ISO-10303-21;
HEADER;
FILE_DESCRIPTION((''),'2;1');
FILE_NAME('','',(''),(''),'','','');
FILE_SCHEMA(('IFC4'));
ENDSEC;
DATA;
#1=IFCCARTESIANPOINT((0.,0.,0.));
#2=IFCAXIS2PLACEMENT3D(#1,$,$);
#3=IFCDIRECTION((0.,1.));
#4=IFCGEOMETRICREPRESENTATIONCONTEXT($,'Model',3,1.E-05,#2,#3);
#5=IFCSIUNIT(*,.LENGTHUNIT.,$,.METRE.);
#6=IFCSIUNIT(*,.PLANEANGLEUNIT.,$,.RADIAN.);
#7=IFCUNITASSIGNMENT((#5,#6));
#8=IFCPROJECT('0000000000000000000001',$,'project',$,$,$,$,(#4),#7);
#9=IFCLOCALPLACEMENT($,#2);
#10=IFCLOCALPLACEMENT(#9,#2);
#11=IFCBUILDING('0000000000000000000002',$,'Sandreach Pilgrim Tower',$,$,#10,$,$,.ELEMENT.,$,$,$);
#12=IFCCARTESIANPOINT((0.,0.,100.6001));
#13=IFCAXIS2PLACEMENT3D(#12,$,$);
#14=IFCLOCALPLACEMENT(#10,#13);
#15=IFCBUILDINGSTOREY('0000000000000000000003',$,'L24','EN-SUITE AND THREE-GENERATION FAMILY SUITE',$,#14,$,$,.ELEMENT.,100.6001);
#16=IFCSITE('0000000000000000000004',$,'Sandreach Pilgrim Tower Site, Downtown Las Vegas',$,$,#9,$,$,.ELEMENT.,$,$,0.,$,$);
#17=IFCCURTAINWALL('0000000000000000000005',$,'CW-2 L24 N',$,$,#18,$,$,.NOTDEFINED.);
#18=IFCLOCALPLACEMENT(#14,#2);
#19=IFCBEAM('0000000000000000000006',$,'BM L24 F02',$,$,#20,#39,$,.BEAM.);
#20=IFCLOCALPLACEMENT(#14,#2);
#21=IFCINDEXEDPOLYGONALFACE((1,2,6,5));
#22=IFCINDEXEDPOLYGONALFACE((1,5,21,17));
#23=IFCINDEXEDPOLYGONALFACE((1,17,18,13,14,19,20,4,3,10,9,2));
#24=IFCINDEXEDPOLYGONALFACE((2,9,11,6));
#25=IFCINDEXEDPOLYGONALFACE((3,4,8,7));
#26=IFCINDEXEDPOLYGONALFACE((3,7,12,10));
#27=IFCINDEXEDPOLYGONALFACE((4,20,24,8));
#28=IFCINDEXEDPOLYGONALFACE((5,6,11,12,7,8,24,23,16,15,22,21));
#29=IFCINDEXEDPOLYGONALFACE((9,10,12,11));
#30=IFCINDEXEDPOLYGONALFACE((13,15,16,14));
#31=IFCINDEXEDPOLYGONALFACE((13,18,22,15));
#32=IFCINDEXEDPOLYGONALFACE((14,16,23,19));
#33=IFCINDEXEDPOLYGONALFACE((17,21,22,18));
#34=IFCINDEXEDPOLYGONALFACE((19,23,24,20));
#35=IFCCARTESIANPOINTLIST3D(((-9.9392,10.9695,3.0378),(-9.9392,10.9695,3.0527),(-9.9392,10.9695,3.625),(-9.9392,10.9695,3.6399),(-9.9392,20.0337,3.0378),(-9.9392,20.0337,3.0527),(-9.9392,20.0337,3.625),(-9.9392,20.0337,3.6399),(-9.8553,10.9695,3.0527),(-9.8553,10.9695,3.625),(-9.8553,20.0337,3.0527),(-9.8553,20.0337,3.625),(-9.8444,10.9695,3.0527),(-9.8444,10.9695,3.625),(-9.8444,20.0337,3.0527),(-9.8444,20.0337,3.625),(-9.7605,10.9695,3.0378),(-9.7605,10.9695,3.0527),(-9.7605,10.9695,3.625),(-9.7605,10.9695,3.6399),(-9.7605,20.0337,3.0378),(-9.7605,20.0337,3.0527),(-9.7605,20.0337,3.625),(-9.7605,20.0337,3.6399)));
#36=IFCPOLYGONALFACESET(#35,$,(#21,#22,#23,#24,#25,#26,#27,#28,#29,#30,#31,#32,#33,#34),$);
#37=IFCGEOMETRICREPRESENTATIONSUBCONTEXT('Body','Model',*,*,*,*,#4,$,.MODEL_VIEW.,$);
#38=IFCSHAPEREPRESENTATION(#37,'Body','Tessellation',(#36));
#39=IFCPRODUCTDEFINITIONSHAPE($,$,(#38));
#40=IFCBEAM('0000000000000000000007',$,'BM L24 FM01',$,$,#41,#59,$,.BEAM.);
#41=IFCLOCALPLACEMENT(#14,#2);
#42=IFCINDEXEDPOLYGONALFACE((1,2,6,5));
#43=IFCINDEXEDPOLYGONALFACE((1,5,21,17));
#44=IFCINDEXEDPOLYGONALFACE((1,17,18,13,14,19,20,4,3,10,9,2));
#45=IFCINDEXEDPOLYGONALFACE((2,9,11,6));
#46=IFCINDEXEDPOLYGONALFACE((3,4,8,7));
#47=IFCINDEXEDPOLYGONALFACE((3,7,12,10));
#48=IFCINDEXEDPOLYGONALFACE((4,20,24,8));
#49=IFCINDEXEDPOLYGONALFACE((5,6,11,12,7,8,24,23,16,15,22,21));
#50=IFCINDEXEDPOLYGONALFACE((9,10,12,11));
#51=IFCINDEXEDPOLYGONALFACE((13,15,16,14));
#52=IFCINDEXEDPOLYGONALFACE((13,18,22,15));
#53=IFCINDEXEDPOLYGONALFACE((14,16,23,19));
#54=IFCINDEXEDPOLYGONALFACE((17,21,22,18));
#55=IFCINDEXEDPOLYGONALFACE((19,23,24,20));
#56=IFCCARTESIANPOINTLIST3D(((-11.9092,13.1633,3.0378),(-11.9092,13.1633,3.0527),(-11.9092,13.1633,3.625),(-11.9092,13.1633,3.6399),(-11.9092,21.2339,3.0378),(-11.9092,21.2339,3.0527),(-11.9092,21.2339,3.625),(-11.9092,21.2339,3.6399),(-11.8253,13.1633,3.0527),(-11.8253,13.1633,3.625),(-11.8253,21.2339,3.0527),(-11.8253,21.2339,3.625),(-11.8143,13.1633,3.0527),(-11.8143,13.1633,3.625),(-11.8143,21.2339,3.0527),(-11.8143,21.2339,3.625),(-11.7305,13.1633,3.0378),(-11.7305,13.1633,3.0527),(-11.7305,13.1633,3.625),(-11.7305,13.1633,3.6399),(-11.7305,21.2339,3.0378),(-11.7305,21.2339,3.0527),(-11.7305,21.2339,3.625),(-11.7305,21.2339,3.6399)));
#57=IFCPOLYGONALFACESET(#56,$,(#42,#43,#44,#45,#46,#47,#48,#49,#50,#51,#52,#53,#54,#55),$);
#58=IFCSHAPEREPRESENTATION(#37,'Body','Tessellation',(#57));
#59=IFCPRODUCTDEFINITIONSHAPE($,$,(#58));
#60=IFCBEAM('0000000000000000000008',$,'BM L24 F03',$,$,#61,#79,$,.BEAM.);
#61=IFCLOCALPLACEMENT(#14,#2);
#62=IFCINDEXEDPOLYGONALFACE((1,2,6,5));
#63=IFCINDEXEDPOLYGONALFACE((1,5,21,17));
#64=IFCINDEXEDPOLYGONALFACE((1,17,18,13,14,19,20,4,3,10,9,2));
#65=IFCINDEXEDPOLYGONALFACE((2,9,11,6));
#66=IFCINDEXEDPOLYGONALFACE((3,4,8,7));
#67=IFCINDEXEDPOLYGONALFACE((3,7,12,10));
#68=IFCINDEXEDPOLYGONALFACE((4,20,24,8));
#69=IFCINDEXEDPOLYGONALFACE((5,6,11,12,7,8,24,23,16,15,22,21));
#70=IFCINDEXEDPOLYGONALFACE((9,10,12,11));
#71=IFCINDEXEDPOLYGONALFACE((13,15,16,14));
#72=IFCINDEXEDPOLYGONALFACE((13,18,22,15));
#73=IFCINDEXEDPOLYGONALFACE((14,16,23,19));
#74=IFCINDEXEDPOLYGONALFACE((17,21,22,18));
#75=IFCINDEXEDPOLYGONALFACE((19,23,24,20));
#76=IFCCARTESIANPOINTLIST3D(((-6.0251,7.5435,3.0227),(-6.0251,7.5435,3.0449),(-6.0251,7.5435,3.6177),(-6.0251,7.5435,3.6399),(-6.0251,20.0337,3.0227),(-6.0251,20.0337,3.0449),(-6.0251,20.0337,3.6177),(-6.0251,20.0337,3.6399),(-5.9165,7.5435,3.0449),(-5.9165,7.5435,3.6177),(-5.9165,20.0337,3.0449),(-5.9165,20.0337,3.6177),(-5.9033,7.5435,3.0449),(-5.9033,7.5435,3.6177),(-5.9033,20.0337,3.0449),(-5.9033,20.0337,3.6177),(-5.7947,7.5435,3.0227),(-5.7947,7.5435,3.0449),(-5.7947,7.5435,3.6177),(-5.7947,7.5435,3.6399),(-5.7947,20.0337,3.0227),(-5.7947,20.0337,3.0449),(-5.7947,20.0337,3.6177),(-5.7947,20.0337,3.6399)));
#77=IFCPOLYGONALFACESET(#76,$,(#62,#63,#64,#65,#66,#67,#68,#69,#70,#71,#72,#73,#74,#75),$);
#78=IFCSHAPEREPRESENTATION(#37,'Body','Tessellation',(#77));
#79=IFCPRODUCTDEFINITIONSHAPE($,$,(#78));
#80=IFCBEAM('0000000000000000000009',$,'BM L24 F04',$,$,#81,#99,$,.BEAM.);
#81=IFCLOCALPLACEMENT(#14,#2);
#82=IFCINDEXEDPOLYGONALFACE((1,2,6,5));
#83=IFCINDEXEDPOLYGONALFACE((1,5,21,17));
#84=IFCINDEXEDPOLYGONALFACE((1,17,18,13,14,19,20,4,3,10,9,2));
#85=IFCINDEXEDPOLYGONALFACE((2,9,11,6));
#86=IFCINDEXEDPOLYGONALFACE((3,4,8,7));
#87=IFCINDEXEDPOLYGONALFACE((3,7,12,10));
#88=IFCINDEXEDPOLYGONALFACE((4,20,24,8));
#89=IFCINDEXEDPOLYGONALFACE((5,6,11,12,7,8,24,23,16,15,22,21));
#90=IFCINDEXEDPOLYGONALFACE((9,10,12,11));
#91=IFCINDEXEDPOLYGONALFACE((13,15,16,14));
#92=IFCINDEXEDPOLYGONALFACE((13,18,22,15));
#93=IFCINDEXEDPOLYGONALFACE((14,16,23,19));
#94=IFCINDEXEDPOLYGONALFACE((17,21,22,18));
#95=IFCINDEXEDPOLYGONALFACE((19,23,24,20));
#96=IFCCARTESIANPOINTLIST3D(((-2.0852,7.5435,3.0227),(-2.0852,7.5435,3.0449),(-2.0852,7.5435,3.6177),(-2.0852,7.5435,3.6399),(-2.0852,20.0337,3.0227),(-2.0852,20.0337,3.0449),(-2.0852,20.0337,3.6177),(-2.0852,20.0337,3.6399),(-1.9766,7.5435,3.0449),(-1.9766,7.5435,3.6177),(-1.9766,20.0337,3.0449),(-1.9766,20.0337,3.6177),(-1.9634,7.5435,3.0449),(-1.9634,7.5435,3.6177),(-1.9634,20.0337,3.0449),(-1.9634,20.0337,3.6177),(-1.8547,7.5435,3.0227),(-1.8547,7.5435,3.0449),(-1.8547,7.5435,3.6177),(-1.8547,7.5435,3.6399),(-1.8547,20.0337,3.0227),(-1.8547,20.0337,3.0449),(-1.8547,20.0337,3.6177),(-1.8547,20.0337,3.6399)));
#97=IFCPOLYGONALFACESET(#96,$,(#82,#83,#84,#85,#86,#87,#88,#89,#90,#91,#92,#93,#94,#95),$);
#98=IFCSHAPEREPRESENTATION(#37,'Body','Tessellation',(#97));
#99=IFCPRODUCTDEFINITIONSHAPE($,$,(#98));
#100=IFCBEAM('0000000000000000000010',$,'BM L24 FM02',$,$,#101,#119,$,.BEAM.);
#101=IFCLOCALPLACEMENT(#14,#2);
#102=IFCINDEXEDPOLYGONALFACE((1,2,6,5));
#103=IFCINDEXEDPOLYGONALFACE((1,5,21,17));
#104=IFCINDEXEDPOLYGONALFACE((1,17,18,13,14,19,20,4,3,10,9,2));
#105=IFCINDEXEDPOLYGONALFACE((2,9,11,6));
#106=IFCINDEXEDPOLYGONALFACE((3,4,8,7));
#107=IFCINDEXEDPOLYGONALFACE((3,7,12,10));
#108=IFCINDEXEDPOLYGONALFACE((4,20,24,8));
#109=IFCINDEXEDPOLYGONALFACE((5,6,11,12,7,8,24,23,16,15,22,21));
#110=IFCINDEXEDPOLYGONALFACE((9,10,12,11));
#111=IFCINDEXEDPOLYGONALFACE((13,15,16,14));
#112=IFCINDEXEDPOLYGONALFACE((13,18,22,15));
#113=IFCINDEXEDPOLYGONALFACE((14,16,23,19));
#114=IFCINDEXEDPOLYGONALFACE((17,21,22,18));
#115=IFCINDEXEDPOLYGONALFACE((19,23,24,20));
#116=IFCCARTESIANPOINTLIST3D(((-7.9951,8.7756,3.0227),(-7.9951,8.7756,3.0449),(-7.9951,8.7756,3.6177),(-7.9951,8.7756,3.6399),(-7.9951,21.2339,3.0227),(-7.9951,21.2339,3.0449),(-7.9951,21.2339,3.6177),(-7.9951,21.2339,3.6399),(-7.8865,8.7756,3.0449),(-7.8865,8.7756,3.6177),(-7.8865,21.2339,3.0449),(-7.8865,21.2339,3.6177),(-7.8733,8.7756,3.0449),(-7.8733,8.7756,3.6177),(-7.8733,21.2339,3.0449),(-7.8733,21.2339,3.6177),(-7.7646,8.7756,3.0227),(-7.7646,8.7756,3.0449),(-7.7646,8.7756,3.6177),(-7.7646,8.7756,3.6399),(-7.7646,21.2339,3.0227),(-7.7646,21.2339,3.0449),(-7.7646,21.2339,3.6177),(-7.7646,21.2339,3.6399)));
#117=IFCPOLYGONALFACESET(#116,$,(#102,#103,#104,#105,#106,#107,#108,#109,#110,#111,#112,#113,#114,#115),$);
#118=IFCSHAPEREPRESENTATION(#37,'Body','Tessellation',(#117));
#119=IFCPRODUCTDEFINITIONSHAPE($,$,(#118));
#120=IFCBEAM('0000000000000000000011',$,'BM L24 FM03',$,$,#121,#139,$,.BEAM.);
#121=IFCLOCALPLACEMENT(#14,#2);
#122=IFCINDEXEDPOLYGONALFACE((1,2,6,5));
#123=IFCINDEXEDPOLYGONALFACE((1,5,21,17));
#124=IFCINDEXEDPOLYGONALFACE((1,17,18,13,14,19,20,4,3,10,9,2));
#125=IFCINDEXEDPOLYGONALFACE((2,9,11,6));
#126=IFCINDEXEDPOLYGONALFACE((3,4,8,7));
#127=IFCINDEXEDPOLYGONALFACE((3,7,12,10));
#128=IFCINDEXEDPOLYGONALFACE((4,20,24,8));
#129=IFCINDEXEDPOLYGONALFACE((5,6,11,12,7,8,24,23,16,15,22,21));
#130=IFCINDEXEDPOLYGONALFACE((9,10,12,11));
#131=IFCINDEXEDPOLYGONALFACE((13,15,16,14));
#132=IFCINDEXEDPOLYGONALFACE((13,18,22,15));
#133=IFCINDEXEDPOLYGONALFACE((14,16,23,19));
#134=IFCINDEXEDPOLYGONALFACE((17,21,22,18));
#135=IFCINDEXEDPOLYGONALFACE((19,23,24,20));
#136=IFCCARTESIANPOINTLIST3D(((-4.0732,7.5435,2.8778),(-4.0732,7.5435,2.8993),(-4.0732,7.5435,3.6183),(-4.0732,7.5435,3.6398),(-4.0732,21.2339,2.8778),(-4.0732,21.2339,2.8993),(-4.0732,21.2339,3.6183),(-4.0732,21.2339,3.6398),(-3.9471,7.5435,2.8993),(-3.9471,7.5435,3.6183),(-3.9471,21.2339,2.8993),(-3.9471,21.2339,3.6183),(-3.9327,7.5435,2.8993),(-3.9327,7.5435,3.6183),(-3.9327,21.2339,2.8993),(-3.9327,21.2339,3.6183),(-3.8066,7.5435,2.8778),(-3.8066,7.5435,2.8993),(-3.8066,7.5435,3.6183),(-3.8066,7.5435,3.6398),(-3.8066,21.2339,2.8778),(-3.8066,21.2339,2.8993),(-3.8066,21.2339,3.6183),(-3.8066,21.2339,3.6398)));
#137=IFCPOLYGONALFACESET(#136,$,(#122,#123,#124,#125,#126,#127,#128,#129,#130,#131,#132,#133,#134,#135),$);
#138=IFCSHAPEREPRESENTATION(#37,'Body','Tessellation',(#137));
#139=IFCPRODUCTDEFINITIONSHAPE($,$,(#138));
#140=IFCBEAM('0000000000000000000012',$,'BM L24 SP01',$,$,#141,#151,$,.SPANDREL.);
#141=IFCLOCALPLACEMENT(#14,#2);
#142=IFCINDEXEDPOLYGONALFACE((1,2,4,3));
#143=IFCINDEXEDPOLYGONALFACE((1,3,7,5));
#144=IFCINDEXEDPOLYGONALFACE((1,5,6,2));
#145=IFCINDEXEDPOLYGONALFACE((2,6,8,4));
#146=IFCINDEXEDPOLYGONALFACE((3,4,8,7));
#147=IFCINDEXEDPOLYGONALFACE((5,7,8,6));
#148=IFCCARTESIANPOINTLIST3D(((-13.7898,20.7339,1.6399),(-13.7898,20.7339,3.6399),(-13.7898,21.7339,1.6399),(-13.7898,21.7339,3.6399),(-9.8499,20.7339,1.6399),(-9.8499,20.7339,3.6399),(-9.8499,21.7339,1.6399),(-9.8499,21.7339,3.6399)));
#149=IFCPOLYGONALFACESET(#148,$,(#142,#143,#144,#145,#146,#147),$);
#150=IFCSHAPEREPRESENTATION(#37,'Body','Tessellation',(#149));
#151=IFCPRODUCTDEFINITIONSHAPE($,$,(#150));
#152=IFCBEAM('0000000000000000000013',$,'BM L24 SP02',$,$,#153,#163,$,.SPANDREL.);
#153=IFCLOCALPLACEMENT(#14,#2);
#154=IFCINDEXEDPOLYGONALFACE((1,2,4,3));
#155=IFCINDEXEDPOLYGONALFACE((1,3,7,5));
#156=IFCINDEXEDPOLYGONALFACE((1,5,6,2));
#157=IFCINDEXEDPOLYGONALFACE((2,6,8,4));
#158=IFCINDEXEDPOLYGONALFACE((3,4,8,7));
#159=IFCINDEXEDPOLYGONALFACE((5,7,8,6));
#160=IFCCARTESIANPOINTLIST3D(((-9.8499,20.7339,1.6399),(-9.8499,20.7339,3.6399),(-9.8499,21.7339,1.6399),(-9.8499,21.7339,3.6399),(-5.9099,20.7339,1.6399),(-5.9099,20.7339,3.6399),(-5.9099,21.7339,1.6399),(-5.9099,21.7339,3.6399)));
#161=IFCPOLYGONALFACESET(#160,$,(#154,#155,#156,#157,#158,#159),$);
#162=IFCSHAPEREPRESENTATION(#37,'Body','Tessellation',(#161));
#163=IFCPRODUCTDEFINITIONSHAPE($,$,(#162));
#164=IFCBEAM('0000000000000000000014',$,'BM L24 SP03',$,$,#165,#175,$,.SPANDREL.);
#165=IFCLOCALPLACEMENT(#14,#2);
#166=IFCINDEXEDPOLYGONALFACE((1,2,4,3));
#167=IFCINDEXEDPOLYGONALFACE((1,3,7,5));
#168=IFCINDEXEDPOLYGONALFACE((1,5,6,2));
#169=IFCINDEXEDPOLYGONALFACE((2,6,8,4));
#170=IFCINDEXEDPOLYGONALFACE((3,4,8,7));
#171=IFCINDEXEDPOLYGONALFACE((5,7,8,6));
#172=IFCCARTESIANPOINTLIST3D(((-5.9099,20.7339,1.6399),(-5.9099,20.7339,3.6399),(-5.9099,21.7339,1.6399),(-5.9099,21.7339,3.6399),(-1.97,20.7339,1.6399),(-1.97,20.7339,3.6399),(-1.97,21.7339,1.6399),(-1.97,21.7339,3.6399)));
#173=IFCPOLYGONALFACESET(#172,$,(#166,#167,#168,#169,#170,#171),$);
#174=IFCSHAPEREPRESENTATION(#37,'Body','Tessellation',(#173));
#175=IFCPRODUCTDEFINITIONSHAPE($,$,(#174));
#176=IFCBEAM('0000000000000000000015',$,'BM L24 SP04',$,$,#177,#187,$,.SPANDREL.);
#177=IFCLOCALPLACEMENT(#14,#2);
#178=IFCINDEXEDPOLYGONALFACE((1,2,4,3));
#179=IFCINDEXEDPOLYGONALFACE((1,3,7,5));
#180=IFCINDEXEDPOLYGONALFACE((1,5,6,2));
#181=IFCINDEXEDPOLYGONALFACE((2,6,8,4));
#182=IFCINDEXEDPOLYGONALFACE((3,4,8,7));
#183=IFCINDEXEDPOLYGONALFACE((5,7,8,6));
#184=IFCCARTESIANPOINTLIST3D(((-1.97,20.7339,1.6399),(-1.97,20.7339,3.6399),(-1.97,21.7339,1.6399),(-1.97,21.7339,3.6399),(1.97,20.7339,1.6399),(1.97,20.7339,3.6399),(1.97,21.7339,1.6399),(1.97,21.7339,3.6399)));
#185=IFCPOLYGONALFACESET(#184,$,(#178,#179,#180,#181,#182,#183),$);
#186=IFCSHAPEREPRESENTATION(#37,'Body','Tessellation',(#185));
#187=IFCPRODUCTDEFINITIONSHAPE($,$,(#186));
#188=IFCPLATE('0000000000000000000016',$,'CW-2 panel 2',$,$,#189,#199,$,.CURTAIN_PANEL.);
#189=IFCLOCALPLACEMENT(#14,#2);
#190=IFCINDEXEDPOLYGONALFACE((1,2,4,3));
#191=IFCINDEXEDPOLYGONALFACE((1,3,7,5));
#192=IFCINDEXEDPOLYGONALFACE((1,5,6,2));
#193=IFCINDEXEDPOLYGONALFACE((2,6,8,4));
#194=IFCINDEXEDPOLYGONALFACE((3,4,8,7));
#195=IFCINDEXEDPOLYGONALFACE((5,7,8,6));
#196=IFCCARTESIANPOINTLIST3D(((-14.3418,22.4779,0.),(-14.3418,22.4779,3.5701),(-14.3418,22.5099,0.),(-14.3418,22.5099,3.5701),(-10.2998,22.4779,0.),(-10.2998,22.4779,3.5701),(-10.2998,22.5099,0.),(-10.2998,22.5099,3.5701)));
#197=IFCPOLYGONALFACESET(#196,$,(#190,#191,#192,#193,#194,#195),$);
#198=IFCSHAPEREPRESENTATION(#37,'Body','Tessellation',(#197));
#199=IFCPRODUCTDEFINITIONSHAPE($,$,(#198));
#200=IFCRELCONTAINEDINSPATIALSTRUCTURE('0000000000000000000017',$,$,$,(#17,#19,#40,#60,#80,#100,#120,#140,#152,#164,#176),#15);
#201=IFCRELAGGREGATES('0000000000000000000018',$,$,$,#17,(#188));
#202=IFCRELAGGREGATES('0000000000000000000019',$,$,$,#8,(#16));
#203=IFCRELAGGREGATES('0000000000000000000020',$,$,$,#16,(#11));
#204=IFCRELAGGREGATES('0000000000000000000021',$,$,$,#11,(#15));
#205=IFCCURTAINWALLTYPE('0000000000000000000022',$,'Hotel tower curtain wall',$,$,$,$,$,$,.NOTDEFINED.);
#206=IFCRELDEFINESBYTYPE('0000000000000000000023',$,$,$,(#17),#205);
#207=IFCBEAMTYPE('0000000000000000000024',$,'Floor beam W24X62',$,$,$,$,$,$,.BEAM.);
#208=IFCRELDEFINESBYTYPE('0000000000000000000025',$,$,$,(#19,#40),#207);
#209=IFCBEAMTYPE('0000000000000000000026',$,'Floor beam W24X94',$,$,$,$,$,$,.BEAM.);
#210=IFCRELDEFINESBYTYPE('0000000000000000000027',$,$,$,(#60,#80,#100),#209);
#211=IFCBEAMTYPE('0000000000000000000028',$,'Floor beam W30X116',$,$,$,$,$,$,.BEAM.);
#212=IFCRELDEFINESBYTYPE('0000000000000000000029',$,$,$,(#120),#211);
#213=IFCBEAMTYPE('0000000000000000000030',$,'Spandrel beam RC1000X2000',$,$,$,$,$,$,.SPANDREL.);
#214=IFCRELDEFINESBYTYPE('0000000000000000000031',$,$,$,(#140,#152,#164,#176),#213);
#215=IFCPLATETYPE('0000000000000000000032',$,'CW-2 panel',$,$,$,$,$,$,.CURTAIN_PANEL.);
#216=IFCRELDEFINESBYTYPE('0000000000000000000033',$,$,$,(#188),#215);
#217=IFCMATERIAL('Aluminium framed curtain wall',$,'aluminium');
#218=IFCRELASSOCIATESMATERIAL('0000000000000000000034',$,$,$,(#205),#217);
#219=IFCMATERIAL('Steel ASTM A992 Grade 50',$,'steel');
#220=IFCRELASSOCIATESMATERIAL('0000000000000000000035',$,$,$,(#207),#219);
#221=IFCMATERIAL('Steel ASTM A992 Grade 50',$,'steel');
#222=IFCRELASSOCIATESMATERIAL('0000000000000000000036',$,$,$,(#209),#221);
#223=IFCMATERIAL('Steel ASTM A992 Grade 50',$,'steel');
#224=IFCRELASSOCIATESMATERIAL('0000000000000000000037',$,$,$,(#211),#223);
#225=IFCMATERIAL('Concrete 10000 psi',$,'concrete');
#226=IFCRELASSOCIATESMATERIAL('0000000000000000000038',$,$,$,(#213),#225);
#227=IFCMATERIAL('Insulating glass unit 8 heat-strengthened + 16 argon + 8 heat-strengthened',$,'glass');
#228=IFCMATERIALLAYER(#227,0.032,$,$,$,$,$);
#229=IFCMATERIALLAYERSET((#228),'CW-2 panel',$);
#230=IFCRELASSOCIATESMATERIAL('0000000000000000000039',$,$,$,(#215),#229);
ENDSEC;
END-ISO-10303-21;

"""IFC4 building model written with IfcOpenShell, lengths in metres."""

from ifc_helpers import new_model, si_unit, direction, frame, origin, origin_2d, place, context, subcontext, project, spatial, rectangle, i_section, extrude, material, layer, layer_set, material_profile, profile_set, type_object, element, aggregate, save


model = new_model("IFC4")

# Units and contexts
model_context = context("Model", 3, precision=1e-05, world=origin(), true_north=direction((0.0, 1.0)))
body_context = subcontext(model_context, "Body", "Model", "MODEL_VIEW")
ifc_project = project(units=[si_unit("LENGTHUNIT", "METRE"), si_unit("PLANEANGLEUNIT", "RADIAN")], contexts=[model_context])

# Site, building, storey
site_placement = place(None, origin())
site = spatial("IfcSite", under=ifc_project, at=site_placement, Name="Sandreach Pilgrim Tower Site, Downtown Las Vegas", CompositionType="ELEMENT", RefElevation=0.0)
building_placement = place(site_placement, origin())
building = spatial("IfcBuilding", under=site, at=building_placement, Name="Sandreach Pilgrim Tower", CompositionType="ELEMENT")
storey_placement = place(building_placement, frame((0.0, 0.0, 100.6001)))
storey = spatial("IfcBuildingStorey", under=building, at=storey_placement, Name="L24", Description="EN-SUITE AND THREE-GENERATION FAMILY SUITE", CompositionType="ELEMENT", Elevation=100.6001)

# Curtain wall
ifc_material_1 = material(Name="Aluminium framed curtain wall", Category="aluminium")
curtain_wall_type = type_object("IfcCurtainWallType", Name="Hotel tower curtain wall", PredefinedType="NOTDEFINED", material=ifc_material_1)
curtain_wall_placement = place(storey_placement, origin())
curtain_wall = element("IfcCurtainWall", 1, at=curtain_wall_placement, inside=storey, type_object=curtain_wall_type, Name="CW-2 L24 N", PredefinedType="NOTDEFINED")

# Beams
ifc_material_2 = material(Name="Steel ASTM A992 Grade 50", Category="steel")
ifc_material_profile_1 = material_profile(ifc_material_2, i_section(OverallWidth=0.1787, OverallDepth=0.6021, WebThickness=0.011, FlangeThickness=0.0149, at=origin_2d()), Name="W24X62")
ifc_profile_set_1 = profile_set([ifc_material_profile_1], Name="Steel ASTM A992 Grade 50")
beam_type_1 = type_object("IfcBeamType", Name="Floor beam W24X62", PredefinedType="BEAM", material=ifc_profile_set_1)
beam_1_placement = place(storey_placement, frame((-9.8499, 20.0337, 3.3389), z_axis=(0.0, -1.0, 0.0), x_axis=(1.0, 0.0, 0.0)))
element("IfcBeam", 2, at=beam_1_placement, inside=storey, type_object=beam_type_1, Name="BM L24 F02", PredefinedType="BEAM", context=body_context, shape_type="SweptSolid", body=[
    extrude(i_section(OverallWidth=0.1787, OverallDepth=0.6021, WebThickness=0.011, FlangeThickness=0.0149, at=origin_2d()), origin(), (0.0, 0.0, 1.0), 9.0642),
])
beam_2_placement = place(storey_placement, frame((-11.8198, 21.2339, 3.3389), z_axis=(0.0, -1.0, 0.0), x_axis=(1.0, 0.0, 0.0)))
element("IfcBeam", 3, at=beam_2_placement, inside=storey, type_object=beam_type_1, Name="BM L24 FM01", PredefinedType="BEAM", context=body_context, shape_type="SweptSolid", body=[
    extrude(i_section(OverallWidth=0.1787, OverallDepth=0.6021, WebThickness=0.011, FlangeThickness=0.0149, at=origin_2d()), origin(), (0.0, 0.0, 1.0), 8.0706),
])
ifc_material_3 = material(Name="Steel ASTM A992 Grade 50", Category="steel")
ifc_material_profile_2 = material_profile(ifc_material_3, i_section(OverallWidth=0.2305, OverallDepth=0.6172, WebThickness=0.0132, FlangeThickness=0.0222, at=origin_2d()), Name="W24X94")
ifc_profile_set_2 = profile_set([ifc_material_profile_2], Name="Steel ASTM A992 Grade 50")
beam_type_2 = type_object("IfcBeamType", Name="Floor beam W24X94", PredefinedType="BEAM", material=ifc_profile_set_2)
for number, where, z_axis, x_axis, name in (
    (4, (-5.9099, 20.0337, 3.3313), (0.0, -1.0, 0.0), (1.0, 0.0, 0.0), "BM L24 F03"),
    (5, (-1.97, 20.0337, 3.3313), (0.0, -1.0, 0.0), (1.0, 0.0, 0.0), "BM L24 F04"),
):
    element("IfcBeam", number, at=place(storey_placement, frame(where, z_axis=z_axis, x_axis=x_axis)), inside=storey, type_object=beam_type_2, Name=name, PredefinedType="BEAM", context=body_context, shape_type="SweptSolid", body=[
        extrude(i_section(OverallWidth=0.2305, OverallDepth=0.6172, WebThickness=0.0132, FlangeThickness=0.0222, at=origin_2d()), origin(), (0.0, 0.0, 1.0), 12.4902),
    ])
beam_3_placement = place(storey_placement, frame((-7.8799, 21.2339, 3.3313), z_axis=(0.0, -1.0, 0.0), x_axis=(1.0, 0.0, 0.0)))
element("IfcBeam", 6, at=beam_3_placement, inside=storey, type_object=beam_type_2, Name="BM L24 FM02", PredefinedType="BEAM", context=body_context, shape_type="SweptSolid", body=[
    extrude(i_section(OverallWidth=0.2305, OverallDepth=0.6172, WebThickness=0.0132, FlangeThickness=0.0222, at=origin_2d()), origin(), (0.0, 0.0, 1.0), 12.4583),
])
ifc_material_4 = material(Name="Steel ASTM A992 Grade 50", Category="steel")
ifc_material_profile_3 = material_profile(ifc_material_4, i_section(OverallWidth=0.2666, OverallDepth=0.762, WebThickness=0.0144, FlangeThickness=0.0215, at=origin_2d()), Name="W30X116")
ifc_profile_set_3 = profile_set([ifc_material_profile_3], Name="Steel ASTM A992 Grade 50")
beam_type_3 = type_object("IfcBeamType", Name="Floor beam W30X116", PredefinedType="BEAM", material=ifc_profile_set_3)
beam_4_placement = place(storey_placement, frame((-3.9399, 21.2339, 3.2588), z_axis=(0.0, -1.0, 0.0), x_axis=(1.0, 0.0, 0.0)))
element("IfcBeam", 7, at=beam_4_placement, inside=storey, type_object=beam_type_3, Name="BM L24 FM03", PredefinedType="BEAM", context=body_context, shape_type="SweptSolid", body=[
    extrude(i_section(OverallWidth=0.2666, OverallDepth=0.762, WebThickness=0.0144, FlangeThickness=0.0215, at=origin_2d()), origin(), (0.0, 0.0, 1.0), 13.6904),
])
ifc_material_5 = material(Name="Concrete 10000 psi", Category="concrete")
ifc_material_profile_4 = material_profile(ifc_material_5, rectangle(XDim=1.0, YDim=2.0, at=origin_2d()), Name="RC1000X2000")
ifc_profile_set_4 = profile_set([ifc_material_profile_4], Name="Concrete 10000 psi")
beam_type_4 = type_object("IfcBeamType", Name="Spandrel beam RC1000X2000", PredefinedType="SPANDREL", material=ifc_profile_set_4)
for number, where, z_axis, x_axis, name in (
    (8, (-13.7898, 21.2339, 2.6399), (1.0, 0.0, 0.0), (0.0, 1.0, 0.0), "BM L24 SP01"),
    (9, (-9.8499, 21.2339, 2.6399), (1.0, 0.0, 0.0), (0.0, 1.0, 0.0), "BM L24 SP02"),
    (10, (-5.9099, 21.2339, 2.6399), (1.0, 0.0, 0.0), (0.0, 1.0, 0.0), "BM L24 SP03"),
    (11, (-1.97, 21.2339, 2.6399), (1.0, 0.0, 0.0), (0.0, 1.0, 0.0), "BM L24 SP04"),
):
    element("IfcBeam", number, at=place(storey_placement, frame(where, z_axis=z_axis, x_axis=x_axis)), inside=storey, type_object=beam_type_4, Name=name, PredefinedType="SPANDREL", context=body_context, shape_type="SweptSolid", body=[
        extrude(rectangle(XDim=1.0, YDim=2.0, at=origin_2d()), origin(), (0.0, 0.0, 1.0), 3.9399),
    ])

# Plate
ifc_material_6 = material(Name="Insulating glass unit 8 heat-strengthened + 16 argon + 8 heat-strengthened", Category="glass")
ifc_layer_1 = layer(ifc_material_6, 0.032)
ifc_layer_set_1 = layer_set([ifc_layer_1], Name="CW-2 panel")
plate_type = type_object("IfcPlateType", Name="CW-2 panel", PredefinedType="CURTAIN_PANEL", material=ifc_layer_set_1)
plate_1_placement = place(storey_placement, frame((-12.3208, 22.4939, 0.0), z_axis=(0.0, 0.0, 1.0), x_axis=(1.0, 0.0, 0.0)))
plate_1 = element("IfcPlate", 12, at=plate_1_placement, type_object=plate_type, Name="CW-2 panel 2", PredefinedType="CURTAIN_PANEL", context=body_context, shape_type="SweptSolid", body=[
    extrude(rectangle(XDim=4.042, YDim=0.032, at=origin_2d()), origin(), (0.0, 0.0, 1.0), 3.5701),
])
aggregate(curtain_wall, [plate_1])

save(model, "model.ifc")
